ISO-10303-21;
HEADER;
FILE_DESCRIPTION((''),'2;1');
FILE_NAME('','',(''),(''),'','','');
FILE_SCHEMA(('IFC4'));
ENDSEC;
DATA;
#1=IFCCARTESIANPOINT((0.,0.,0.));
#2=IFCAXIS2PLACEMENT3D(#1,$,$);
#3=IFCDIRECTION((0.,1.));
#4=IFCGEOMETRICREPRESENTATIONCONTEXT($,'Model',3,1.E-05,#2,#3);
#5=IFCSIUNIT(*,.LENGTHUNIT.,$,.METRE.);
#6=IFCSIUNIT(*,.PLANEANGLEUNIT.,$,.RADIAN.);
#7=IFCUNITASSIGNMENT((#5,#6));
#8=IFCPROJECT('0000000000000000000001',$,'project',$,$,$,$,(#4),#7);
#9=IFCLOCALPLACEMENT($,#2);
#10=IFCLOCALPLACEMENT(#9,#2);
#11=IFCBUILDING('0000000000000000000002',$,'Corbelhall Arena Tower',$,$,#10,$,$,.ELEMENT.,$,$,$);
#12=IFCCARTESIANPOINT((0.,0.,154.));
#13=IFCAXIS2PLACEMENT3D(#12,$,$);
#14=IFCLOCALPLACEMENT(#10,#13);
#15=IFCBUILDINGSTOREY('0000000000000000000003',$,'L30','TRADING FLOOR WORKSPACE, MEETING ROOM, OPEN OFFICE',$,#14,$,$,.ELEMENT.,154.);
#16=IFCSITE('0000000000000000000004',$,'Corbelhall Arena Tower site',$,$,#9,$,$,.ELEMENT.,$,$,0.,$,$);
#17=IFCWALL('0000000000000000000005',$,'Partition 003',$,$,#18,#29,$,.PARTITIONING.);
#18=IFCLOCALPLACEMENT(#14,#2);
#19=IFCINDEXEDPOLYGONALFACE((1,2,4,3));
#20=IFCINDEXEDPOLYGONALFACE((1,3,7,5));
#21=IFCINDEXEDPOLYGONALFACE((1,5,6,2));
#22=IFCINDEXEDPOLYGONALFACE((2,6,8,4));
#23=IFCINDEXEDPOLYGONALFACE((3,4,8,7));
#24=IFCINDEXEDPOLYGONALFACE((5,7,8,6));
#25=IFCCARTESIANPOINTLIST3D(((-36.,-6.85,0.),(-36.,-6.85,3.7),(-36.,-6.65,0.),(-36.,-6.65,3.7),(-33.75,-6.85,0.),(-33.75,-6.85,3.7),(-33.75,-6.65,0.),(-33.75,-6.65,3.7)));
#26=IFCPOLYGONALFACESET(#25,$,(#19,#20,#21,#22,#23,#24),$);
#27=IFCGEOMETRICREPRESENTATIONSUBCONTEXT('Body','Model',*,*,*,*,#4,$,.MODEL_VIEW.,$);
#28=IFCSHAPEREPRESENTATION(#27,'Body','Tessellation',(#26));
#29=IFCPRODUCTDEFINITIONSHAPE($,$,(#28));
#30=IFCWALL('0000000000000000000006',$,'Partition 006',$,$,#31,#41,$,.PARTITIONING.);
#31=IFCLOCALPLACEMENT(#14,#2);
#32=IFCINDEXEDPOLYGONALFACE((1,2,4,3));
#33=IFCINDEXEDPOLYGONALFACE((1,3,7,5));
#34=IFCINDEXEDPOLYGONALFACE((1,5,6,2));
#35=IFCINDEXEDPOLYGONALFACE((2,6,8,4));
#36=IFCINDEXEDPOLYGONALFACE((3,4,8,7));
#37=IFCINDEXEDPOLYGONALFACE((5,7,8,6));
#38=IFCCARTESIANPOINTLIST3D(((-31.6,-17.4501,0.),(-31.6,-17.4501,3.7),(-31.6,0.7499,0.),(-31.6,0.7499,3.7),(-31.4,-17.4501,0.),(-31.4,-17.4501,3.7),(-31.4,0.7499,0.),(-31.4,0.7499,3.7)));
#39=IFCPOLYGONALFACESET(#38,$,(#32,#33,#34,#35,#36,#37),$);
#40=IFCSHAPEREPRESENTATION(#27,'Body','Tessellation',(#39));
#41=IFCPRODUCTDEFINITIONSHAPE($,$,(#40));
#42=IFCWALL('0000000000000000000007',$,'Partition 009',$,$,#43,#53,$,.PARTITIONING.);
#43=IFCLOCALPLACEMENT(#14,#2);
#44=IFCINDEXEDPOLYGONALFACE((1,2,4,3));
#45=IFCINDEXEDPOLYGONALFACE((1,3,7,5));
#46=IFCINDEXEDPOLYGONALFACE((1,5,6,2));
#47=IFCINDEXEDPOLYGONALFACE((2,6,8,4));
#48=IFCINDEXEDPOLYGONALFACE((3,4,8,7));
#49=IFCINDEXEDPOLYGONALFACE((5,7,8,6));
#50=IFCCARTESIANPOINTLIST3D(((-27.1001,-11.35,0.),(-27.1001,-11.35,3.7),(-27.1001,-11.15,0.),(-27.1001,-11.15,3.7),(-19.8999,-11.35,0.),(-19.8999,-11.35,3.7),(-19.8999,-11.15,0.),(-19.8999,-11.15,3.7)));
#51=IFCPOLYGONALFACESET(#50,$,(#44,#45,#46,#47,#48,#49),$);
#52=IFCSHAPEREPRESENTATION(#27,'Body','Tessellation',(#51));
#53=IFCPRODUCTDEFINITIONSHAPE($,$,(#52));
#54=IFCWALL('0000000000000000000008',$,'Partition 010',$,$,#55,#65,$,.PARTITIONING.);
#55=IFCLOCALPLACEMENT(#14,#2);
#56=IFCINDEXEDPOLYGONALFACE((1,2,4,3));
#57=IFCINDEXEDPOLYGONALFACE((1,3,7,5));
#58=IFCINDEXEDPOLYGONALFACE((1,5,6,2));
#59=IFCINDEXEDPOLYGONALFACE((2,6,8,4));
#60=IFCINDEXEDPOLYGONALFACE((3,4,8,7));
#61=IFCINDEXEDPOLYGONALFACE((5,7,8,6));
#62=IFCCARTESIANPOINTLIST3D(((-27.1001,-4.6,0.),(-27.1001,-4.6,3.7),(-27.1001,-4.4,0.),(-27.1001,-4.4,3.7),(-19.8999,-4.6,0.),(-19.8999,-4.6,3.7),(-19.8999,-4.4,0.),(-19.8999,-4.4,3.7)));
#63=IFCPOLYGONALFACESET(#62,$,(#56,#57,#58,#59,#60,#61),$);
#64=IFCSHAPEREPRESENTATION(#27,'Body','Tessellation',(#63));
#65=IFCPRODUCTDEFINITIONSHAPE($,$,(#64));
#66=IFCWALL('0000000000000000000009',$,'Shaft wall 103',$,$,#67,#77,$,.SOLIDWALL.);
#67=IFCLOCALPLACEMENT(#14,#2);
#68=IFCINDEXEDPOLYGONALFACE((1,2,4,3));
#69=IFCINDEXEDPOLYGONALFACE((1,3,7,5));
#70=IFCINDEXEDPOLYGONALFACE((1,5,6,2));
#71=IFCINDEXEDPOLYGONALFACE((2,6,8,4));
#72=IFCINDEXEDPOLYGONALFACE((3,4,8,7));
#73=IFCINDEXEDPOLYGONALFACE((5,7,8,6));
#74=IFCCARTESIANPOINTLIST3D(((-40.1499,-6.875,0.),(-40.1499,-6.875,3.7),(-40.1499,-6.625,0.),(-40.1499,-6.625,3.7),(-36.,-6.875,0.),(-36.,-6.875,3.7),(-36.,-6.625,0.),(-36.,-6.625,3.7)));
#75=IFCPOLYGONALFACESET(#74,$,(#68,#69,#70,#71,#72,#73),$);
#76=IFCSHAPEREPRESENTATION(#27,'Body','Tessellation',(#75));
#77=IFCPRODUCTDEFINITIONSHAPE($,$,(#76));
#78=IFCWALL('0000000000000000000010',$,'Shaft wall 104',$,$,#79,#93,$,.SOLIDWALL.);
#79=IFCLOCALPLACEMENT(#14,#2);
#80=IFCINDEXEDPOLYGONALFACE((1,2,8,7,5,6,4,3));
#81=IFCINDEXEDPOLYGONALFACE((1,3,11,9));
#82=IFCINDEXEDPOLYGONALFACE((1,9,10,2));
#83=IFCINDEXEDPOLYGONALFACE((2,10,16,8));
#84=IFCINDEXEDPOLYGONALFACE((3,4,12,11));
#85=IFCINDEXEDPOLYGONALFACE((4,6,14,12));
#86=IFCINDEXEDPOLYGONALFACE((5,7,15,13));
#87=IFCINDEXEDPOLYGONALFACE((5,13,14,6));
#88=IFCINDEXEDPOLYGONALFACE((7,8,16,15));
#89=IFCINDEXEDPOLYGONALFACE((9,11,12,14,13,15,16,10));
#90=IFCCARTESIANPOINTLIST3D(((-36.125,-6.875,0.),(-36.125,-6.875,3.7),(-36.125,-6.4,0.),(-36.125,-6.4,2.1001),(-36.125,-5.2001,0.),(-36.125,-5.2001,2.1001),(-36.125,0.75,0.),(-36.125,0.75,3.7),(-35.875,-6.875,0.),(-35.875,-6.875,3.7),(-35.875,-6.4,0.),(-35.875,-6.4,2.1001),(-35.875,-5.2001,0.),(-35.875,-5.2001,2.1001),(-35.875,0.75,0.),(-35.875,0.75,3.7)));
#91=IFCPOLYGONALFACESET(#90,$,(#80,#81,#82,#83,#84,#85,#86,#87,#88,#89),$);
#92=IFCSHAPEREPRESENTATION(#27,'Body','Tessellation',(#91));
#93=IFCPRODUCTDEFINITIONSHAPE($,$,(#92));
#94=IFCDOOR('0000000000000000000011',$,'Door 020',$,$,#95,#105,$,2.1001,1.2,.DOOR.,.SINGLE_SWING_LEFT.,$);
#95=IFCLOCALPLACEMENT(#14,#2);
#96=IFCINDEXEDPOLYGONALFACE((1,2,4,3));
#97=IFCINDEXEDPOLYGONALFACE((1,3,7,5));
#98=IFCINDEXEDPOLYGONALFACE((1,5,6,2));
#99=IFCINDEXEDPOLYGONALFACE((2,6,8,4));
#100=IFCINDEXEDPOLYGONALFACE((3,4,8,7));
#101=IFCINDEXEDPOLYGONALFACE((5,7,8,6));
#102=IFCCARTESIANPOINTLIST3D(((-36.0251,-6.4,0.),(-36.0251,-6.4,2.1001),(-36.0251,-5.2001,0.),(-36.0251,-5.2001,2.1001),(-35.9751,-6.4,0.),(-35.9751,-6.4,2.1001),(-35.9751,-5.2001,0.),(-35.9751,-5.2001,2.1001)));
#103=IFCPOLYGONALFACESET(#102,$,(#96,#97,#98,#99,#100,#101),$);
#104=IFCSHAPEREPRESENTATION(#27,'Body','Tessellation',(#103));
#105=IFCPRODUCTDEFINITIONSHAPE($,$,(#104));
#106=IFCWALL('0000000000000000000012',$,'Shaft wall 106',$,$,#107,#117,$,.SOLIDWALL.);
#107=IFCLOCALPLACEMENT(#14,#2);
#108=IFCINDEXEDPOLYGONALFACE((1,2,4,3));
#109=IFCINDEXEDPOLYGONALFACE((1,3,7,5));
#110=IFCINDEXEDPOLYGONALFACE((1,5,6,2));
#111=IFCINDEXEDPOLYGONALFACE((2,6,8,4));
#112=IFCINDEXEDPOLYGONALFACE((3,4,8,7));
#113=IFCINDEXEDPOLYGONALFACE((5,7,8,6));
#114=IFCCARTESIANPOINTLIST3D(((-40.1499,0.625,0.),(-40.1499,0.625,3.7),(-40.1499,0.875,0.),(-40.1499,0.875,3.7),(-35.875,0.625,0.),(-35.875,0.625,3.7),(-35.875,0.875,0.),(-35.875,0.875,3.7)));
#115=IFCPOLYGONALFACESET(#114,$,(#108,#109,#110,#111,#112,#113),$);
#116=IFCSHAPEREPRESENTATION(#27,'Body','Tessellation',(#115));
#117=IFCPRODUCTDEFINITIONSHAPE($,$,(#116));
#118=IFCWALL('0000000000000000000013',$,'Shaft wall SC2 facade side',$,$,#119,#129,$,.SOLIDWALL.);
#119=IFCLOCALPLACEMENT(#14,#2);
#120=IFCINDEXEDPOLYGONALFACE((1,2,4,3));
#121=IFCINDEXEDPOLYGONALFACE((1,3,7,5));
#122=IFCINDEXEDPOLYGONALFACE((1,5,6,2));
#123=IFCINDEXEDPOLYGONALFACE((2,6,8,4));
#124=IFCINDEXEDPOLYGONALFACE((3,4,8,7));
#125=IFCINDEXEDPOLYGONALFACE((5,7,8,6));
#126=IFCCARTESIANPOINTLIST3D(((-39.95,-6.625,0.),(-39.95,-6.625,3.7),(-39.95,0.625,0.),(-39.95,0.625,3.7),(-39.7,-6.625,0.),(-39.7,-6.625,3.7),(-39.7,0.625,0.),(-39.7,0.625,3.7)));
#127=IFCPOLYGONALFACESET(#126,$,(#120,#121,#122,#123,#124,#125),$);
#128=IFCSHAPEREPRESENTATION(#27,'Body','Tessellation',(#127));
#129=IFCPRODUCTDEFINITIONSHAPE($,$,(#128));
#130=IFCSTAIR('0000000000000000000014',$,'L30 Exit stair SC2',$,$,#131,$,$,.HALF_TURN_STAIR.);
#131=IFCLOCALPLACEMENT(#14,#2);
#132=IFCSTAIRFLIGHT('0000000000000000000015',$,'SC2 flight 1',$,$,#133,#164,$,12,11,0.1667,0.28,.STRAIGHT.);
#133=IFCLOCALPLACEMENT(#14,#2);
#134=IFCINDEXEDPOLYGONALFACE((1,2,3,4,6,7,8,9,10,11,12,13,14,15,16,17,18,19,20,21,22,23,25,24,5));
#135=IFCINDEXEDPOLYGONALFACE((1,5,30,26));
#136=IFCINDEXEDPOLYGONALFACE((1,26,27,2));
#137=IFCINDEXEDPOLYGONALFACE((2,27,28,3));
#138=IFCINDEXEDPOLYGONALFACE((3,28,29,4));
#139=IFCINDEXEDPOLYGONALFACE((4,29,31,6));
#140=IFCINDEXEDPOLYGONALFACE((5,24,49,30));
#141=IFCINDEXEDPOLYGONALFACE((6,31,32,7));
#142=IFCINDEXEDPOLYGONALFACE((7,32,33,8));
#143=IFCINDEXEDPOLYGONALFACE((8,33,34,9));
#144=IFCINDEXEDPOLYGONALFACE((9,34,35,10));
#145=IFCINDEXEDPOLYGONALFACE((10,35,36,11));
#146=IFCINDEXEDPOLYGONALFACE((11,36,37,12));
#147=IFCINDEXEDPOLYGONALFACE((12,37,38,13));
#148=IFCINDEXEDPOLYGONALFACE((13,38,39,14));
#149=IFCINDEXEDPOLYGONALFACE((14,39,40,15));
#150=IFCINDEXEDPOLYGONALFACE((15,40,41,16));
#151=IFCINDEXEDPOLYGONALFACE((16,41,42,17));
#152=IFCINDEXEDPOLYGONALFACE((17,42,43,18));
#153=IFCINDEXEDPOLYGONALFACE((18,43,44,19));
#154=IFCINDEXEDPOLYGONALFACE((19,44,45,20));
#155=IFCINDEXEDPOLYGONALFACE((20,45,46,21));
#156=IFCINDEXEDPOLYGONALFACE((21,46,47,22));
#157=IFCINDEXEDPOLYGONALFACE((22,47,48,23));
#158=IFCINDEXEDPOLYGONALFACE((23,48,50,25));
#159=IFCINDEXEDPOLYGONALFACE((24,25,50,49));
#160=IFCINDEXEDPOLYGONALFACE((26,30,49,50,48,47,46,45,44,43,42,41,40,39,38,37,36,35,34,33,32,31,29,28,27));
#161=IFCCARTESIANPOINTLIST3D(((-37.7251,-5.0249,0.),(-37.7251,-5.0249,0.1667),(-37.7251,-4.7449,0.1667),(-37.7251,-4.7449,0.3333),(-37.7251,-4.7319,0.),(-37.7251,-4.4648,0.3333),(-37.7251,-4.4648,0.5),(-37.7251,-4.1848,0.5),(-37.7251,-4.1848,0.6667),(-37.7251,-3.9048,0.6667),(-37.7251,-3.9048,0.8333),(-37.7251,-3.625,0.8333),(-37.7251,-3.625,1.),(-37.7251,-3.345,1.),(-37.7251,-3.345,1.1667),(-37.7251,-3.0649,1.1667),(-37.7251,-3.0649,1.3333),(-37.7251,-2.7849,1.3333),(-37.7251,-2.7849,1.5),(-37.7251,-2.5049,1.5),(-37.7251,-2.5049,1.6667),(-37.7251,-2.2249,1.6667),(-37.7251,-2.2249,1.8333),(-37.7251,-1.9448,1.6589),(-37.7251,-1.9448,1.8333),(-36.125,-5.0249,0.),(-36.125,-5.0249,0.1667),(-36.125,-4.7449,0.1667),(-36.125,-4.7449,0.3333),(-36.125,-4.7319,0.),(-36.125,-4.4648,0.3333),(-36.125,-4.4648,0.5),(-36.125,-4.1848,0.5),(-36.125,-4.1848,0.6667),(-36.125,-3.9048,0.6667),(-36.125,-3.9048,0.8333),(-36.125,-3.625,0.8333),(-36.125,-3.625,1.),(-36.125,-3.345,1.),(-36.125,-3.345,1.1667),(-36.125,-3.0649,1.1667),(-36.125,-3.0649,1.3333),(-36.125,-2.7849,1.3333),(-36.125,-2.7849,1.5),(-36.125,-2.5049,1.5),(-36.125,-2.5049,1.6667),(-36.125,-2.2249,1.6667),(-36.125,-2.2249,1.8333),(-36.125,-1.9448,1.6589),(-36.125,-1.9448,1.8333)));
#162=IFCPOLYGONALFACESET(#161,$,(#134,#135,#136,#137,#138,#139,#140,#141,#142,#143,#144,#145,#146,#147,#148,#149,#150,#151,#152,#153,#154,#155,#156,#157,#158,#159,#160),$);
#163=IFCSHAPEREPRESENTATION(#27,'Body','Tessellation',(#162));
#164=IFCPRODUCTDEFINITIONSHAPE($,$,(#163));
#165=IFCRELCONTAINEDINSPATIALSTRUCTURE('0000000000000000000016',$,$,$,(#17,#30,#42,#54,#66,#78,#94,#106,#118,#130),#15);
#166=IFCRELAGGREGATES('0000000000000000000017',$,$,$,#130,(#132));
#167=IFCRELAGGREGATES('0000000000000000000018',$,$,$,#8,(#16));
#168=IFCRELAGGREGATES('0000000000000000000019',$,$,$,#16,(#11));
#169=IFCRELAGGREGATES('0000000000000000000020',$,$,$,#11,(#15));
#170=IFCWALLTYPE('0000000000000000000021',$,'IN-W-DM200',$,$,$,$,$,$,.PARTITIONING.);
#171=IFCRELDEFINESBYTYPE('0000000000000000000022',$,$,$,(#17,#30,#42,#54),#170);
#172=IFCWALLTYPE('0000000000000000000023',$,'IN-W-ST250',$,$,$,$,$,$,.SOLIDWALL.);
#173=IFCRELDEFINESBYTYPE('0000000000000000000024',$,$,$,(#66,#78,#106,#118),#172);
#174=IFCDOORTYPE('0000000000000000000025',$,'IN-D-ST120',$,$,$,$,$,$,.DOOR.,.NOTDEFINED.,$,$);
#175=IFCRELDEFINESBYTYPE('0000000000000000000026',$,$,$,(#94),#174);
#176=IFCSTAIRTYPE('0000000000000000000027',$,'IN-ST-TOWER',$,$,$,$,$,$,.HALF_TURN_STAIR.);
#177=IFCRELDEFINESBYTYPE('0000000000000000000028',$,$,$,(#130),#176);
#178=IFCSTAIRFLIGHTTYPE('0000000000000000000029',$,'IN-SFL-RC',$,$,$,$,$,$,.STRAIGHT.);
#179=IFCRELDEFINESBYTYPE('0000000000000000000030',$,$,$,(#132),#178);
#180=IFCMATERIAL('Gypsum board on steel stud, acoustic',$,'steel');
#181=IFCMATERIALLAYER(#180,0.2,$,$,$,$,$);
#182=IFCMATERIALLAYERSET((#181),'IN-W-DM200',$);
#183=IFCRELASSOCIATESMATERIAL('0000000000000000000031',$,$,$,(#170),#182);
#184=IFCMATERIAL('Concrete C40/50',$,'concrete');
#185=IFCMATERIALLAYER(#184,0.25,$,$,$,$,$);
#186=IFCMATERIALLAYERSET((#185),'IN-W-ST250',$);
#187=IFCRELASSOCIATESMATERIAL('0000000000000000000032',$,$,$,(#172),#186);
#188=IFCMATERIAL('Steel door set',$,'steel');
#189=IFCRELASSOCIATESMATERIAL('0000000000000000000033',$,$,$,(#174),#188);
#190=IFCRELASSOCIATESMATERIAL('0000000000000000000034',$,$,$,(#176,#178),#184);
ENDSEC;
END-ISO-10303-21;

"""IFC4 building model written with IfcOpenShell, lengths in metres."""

from ifc_helpers import new_model, si_unit, direction, frame, frame_2d, origin, place, context, subcontext, project, spatial, polyline, rectangle, outline, extrude, material, layer, layer_set, type_object, element, fill, aggregate, save


model = new_model("IFC4")

# Units and contexts
model_context = context("Model", 3, precision=1e-05, world=origin(), true_north=direction((0.0, 1.0)))
body_context = subcontext(model_context, "Body", "Model", "MODEL_VIEW")
ifc_project = project(units=[si_unit("LENGTHUNIT", "METRE"), si_unit("PLANEANGLEUNIT", "RADIAN")], contexts=[model_context])

# Site, building, storey
site_placement = place(None, origin())
site = spatial("IfcSite", under=ifc_project, at=site_placement, Name="Corbelhall Arena Tower site", CompositionType="ELEMENT", RefElevation=0.0)
building_placement = place(site_placement, origin())
building = spatial("IfcBuilding", under=site, at=building_placement, Name="Corbelhall Arena Tower", CompositionType="ELEMENT")
storey_placement = place(building_placement, frame((0.0, 0.0, 154.0)))
storey = spatial("IfcBuildingStorey", under=building, at=storey_placement, Name="L30", Description="TRADING FLOOR WORKSPACE, MEETING ROOM, OPEN OFFICE", CompositionType="ELEMENT", Elevation=154.0)

# Wall
ifc_material_1 = material(Name="Gypsum board on steel stud, acoustic", Category="steel")
ifc_layer_1 = layer(ifc_material_1, 0.2)
ifc_layer_set_1 = layer_set([ifc_layer_1], Name="IN-W-DM200")
wall_type_1 = type_object("IfcWallType", Name="IN-W-DM200", PredefinedType="PARTITIONING", material=ifc_layer_set_1)
wall_1_placement = place(storey_placement, frame((-33.75, -6.75, 0.0), z_axis=(0.0, 0.0, 1.0), x_axis=(-1.0, 0.0, 0.0)))
element("IfcWall", 1, at=wall_1_placement, inside=storey, type_object=wall_type_1, Name="Partition 003", PredefinedType="PARTITIONING", context=body_context, shape_type="SweptSolid", body=[
    extrude(rectangle(XDim=2.25, YDim=0.2, at=frame_2d((1.125, 0.0))), origin(), (0.0, 0.0, 1.0), 3.7),
])

# Shared definitions
ifc_material_2 = material(Name="Steel door set", Category="steel")

# Walls
wall_2_placement = place(storey_placement, frame((-31.5, 0.75, 0.0), z_axis=(0.0, 0.0, 1.0), x_axis=(0.0, -1.0, 0.0)))
element("IfcWall", 2, at=wall_2_placement, inside=storey, type_object=wall_type_1, Name="Partition 006", PredefinedType="PARTITIONING", context=body_context, shape_type="SweptSolid", body=[
    extrude(rectangle(XDim=18.2, YDim=0.2, at=frame_2d((9.1001, 0.0))), origin(), (0.0, 0.0, 1.0), 3.7),
])
for number, where, z_axis, x_axis, name in (
    (3, (-27.1001, -11.25, 0.0), (0.0, 0.0, 1.0), (1.0, 0.0, 0.0), "Partition 009"),
    (4, (-27.1001, -4.5, 0.0), (0.0, 0.0, 1.0), (1.0, 0.0, 0.0), "Partition 010"),
):
    element("IfcWall", number, at=place(storey_placement, frame(where, z_axis=z_axis, x_axis=x_axis)), inside=storey, type_object=wall_type_1, Name=name, PredefinedType="PARTITIONING", context=body_context, shape_type="SweptSolid", body=[
        extrude(rectangle(XDim=7.2002, YDim=0.2, at=frame_2d((3.6001, 0.0))), origin(), (0.0, 0.0, 1.0), 3.7),
    ])
ifc_material_3 = material(Name="Concrete C40/50", Category="concrete")
ifc_layer_2 = layer(ifc_material_3, 0.25)
ifc_layer_set_2 = layer_set([ifc_layer_2], Name="IN-W-ST250")
wall_type_2 = type_object("IfcWallType", Name="IN-W-ST250", PredefinedType="SOLIDWALL", material=ifc_layer_set_2)
wall_3_placement = place(storey_placement, frame((-36.0, -6.75, 0.0), z_axis=(0.0, 0.0, 1.0), x_axis=(-1.0, 0.0, 0.0)))
element("IfcWall", 5, at=wall_3_placement, inside=storey, type_object=wall_type_2, Name="Shaft wall 103", PredefinedType="SOLIDWALL", context=body_context, shape_type="SweptSolid", body=[
    extrude(rectangle(XDim=4.1499, YDim=0.25, at=frame_2d((2.075, 0.0))), origin(), (0.0, 0.0, 1.0), 3.7),
])

# Wall, opening, door
wall_4_placement = place(storey_placement, frame((-36.0, 0.75, 0.0), z_axis=(0.0, 0.0, 1.0), x_axis=(0.0, -1.0, 0.0)))
wall_4 = element("IfcWall", 6, at=wall_4_placement, inside=storey, type_object=wall_type_2, Name="Shaft wall 104", PredefinedType="SOLIDWALL", context=body_context, shape_type="SweptSolid", body=[
    extrude(rectangle(XDim=7.625, YDim=0.25, at=frame_2d((3.8125, 0.0))), origin(), (0.0, 0.0, 1.0), 3.7),
])
opening_1_placement = place(wall_4_placement, frame((5.95, 0.0, 0.0)))
opening_1 = element("IfcOpeningElement", 7, at=opening_1_placement, cuts=wall_4, PredefinedType="OPENING", context=body_context, shape_type="SweptSolid", body=[
    extrude(rectangle(XDim=1.2, YDim=2.1001, at=frame_2d((0.6001, 1.05))), frame((0.0, 0.125, 0.0), z_axis=(0.0, -1.0, 0.0), x_axis=(1.0, 0.0, 0.0)), (0.0, 0.0, 1.0), 0.25),
])
door_type_1 = type_object("IfcDoorType", Name="IN-D-ST120", OperationType="NOTDEFINED", PredefinedType="DOOR", material=ifc_material_2)
door_1_placement = place(opening_1_placement, origin())
door_1 = element("IfcDoor", 8, at=door_1_placement, inside=storey, type_object=door_type_1, Name="Door 020", OperationType="SINGLE_SWING_LEFT", OverallHeight=2.1001, OverallWidth=1.2, PredefinedType="DOOR", context=body_context, shape_type="SweptSolid", body=[
    extrude(rectangle(XDim=1.2, YDim=2.1001, at=frame_2d((0.6001, 1.05))), frame((0.0, 0.0249, 0.0), z_axis=(0.0, -1.0, 0.0), x_axis=(1.0, 0.0, 0.0)), (0.0, 0.0, 1.0), 0.05),
])
fill(opening_1, door_1)

# Walls
wall_5_placement = place(storey_placement, frame((-35.875, 0.75, 0.0), z_axis=(0.0, 0.0, 1.0), x_axis=(-1.0, 0.0, 0.0)))
element("IfcWall", 9, at=wall_5_placement, inside=storey, type_object=wall_type_2, Name="Shaft wall 106", PredefinedType="SOLIDWALL", context=body_context, shape_type="SweptSolid", body=[
    extrude(rectangle(XDim=4.2749, YDim=0.25, at=frame_2d((2.1375, 0.0))), origin(), (0.0, 0.0, 1.0), 3.7),
])
wall_6_placement = place(storey_placement, frame((-39.825, -6.625, 0.0), z_axis=(0.0, 0.0, 1.0), x_axis=(0.0, 1.0, 0.0)))
element("IfcWall", 10, at=wall_6_placement, inside=storey, type_object=wall_type_2, Name="Shaft wall SC2 facade side", PredefinedType="SOLIDWALL", context=body_context, shape_type="SweptSolid", body=[
    extrude(rectangle(XDim=7.25, YDim=0.25, at=frame_2d((3.625, 0.0))), origin(), (0.0, 0.0, 1.0), 3.7),
])

# Stair, stair flight
stair_type = type_object("IfcStairType", Name="IN-ST-TOWER", PredefinedType="HALF_TURN_STAIR", material=ifc_material_3)
stair_placement = place(storey_placement, origin())
stair = element("IfcStair", 11, at=stair_placement, inside=storey, type_object=stair_type, Name="L30 Exit stair SC2", PredefinedType="HALF_TURN_STAIR")
stair_flight_type = type_object("IfcStairFlightType", Name="IN-SFL-RC", PredefinedType="STRAIGHT", material=ifc_material_3)
stair_flight_1_placement = place(storey_placement, frame((-36.925, -5.0249, 0.0), z_axis=(0.0, 0.0, 1.0), x_axis=(0.0, 1.0, 0.0)))
stair_flight_1 = element("IfcStairFlight", 12, at=stair_flight_1_placement, type_object=stair_flight_type, Name="SC2 flight 1", NumberOfRisers=12, NumberOfTreads=11, PredefinedType="STRAIGHT", RiserHeight=0.1667, TreadLength=0.28, context=body_context, shape_type="SweptSolid", body=[
    extrude(outline(polyline([(0.0, 0.0), (0.0, 0.1667), (0.28, 0.1667), (0.28, 0.3333), (0.5601, 0.3333), (0.5601, 0.5), (0.8401, 0.5), (0.8401, 0.6667), (1.1201, 0.6667), (1.1201, 0.8333), (1.3999, 0.8333), (1.3999, 1.0), (1.6799, 1.0), (1.6799, 1.1667), (1.96, 1.1667), (1.96, 1.3333), (2.24, 1.3333), (2.24, 1.5), (2.52, 1.5), (2.52, 1.6667), (2.8, 1.6667), (2.8, 1.8333), (3.0801, 1.8333), (3.0801, 2.0), (3.0801, 1.6589), (0.293, 0.0), (0.0, 0.0)])), frame((0.0, 0.8, 0.0), z_axis=(0.0, -1.0, 0.0), x_axis=(1.0, 0.0, 0.0)), (0.0, 0.0, 1.0), 1.6001),
])
aggregate(stair, [stair_flight_1])

save(model, "model.ifc")
